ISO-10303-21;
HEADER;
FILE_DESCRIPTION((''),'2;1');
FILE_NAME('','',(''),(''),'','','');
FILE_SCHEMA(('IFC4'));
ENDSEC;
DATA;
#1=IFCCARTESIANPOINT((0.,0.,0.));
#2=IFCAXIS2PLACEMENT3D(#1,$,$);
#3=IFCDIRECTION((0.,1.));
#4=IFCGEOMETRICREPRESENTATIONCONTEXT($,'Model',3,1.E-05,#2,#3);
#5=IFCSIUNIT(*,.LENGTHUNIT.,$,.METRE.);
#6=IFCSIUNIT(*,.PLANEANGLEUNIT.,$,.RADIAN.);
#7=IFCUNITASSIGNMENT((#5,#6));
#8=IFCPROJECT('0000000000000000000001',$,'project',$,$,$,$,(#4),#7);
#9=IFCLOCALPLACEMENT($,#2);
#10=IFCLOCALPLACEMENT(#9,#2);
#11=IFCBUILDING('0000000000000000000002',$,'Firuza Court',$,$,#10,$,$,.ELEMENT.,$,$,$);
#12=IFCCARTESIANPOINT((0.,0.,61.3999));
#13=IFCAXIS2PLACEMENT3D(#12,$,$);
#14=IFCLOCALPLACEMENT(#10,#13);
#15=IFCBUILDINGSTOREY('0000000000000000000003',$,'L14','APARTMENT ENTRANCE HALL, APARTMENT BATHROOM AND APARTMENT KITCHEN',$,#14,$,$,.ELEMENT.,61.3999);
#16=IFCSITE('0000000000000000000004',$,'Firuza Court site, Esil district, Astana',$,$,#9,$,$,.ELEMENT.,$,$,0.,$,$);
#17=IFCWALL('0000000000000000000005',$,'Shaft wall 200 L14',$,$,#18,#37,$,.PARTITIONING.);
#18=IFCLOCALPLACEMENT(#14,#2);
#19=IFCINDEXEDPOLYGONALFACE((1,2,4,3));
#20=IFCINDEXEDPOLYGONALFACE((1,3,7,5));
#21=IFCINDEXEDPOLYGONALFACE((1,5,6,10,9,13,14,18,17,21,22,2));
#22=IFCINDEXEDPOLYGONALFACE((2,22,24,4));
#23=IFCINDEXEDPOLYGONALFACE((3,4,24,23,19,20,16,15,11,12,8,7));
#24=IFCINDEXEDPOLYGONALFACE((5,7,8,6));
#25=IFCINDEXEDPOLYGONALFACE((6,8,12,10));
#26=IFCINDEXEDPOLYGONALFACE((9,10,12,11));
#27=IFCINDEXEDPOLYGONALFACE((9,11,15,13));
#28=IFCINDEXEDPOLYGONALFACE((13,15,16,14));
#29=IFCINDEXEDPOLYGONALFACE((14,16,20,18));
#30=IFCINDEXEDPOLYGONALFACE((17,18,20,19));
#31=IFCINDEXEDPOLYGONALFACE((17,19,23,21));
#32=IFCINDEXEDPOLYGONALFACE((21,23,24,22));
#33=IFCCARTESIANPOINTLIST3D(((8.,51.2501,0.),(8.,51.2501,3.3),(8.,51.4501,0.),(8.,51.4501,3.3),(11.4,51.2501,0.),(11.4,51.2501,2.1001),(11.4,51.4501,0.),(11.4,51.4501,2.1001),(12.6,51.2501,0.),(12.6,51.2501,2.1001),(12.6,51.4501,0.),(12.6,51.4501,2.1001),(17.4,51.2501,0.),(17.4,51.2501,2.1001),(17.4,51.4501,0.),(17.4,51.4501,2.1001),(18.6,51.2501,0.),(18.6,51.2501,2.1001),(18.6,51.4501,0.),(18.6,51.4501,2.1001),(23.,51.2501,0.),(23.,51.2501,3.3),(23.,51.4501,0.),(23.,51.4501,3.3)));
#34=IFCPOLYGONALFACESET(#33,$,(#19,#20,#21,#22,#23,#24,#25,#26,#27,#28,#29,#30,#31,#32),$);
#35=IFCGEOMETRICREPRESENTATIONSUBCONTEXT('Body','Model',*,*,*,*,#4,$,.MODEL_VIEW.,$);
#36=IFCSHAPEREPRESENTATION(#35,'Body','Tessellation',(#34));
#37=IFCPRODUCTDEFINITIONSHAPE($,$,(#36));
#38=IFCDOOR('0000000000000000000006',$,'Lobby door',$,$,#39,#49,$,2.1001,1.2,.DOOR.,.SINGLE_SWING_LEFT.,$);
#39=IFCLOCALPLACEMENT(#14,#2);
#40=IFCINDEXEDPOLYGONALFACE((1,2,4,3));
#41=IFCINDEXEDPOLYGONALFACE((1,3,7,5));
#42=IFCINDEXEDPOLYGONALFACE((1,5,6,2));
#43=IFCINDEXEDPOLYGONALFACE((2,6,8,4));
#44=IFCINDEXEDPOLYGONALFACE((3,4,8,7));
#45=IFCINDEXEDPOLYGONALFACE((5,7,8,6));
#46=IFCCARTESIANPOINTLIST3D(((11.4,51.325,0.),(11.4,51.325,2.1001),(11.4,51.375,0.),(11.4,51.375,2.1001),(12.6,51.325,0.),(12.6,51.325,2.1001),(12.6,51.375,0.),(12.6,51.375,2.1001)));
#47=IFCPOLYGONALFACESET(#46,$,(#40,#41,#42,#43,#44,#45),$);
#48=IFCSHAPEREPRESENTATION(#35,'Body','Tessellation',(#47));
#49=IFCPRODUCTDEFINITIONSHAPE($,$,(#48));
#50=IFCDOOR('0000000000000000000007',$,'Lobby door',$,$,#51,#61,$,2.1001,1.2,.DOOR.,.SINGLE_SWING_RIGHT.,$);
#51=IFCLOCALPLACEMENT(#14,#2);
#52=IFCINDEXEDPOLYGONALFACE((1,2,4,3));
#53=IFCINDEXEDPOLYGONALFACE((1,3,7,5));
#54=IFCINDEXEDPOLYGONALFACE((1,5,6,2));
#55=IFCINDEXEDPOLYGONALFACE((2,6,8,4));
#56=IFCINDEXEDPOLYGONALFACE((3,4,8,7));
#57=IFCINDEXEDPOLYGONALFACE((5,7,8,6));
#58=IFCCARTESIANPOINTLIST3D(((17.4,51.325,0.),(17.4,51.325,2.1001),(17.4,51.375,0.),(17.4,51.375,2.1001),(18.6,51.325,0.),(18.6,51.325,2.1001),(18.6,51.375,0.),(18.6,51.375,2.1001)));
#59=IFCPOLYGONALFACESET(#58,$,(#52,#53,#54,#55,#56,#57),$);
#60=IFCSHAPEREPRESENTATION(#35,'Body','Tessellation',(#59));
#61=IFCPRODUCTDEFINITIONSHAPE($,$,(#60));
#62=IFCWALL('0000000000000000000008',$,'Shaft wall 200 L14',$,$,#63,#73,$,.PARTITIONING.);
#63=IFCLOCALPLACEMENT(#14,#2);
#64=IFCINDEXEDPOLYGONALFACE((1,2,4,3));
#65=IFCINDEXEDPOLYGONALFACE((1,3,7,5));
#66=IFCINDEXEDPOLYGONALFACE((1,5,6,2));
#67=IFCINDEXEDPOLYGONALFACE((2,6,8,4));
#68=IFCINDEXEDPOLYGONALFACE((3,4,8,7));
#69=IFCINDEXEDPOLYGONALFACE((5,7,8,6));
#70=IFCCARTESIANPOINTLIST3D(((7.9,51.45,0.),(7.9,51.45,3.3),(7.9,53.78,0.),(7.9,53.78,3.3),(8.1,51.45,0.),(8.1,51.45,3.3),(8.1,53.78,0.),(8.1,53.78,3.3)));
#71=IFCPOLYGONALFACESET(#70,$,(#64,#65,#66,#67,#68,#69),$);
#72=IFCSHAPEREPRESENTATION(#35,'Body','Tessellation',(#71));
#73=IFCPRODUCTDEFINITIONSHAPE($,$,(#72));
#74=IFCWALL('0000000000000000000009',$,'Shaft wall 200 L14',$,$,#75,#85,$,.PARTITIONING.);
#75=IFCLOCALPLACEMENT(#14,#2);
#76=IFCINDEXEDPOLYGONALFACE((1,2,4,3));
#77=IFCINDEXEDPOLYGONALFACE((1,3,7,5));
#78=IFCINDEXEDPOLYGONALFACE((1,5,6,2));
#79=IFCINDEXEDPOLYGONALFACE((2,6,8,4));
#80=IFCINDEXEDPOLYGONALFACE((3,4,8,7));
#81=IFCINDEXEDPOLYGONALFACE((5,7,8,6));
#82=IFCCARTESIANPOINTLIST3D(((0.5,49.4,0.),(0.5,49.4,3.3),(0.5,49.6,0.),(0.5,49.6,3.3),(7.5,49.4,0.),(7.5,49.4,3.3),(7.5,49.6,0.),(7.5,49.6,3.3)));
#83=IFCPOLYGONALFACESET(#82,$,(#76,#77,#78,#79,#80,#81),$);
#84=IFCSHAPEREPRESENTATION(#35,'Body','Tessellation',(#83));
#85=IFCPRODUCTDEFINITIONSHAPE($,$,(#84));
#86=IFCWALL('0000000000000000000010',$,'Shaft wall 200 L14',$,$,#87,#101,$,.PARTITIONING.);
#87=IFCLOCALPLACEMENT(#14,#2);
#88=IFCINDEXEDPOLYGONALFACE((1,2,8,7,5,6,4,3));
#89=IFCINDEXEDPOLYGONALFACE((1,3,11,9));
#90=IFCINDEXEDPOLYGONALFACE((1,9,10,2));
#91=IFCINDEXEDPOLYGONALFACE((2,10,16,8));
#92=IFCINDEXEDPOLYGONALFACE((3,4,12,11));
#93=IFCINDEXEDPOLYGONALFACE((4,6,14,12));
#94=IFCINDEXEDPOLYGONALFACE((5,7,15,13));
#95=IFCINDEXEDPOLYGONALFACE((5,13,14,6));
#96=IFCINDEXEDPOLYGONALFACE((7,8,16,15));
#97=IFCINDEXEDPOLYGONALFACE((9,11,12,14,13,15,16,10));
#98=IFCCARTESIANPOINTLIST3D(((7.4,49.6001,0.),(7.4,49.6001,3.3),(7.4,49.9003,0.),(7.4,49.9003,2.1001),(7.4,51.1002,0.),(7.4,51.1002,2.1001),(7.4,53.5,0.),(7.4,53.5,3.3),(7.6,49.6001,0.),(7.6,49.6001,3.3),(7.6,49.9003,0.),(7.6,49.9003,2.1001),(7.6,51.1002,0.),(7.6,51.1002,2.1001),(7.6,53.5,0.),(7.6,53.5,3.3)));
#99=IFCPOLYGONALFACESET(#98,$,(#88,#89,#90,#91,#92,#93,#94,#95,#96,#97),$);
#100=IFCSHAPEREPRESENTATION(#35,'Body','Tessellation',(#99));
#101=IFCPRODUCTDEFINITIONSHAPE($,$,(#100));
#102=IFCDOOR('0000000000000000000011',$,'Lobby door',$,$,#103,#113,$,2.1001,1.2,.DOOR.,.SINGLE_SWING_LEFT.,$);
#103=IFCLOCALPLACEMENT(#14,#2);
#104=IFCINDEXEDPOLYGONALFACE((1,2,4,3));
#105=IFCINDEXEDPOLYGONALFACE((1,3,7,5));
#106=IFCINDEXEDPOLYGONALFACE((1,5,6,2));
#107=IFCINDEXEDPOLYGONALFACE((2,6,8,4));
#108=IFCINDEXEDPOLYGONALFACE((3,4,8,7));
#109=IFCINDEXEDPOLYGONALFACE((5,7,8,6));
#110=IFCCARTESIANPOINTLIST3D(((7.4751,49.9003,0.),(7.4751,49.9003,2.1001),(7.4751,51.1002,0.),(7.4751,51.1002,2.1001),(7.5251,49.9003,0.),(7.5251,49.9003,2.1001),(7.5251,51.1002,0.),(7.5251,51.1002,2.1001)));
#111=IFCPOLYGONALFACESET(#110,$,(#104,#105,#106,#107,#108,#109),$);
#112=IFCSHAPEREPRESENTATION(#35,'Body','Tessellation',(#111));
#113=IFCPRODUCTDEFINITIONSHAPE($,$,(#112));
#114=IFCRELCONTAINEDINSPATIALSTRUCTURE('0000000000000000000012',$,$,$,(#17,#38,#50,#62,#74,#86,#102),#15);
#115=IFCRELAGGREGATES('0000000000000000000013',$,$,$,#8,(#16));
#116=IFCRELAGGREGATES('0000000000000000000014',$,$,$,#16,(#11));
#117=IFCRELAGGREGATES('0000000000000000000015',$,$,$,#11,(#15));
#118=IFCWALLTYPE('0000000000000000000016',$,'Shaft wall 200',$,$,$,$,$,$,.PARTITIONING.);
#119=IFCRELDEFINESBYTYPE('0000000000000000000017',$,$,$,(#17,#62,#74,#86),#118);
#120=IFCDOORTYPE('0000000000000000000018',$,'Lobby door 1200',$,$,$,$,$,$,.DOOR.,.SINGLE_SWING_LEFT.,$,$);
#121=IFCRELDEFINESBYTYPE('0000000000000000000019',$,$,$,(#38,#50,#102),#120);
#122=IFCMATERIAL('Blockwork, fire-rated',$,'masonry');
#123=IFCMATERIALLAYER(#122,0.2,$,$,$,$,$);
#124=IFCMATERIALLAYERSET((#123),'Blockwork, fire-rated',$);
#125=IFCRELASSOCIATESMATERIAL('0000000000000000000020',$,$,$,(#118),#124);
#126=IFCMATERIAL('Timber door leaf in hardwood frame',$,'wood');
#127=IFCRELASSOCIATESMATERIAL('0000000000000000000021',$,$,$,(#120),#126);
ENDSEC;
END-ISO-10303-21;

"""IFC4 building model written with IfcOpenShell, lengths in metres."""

from ifc_helpers import new_model, si_unit, direction, frame, frame_2d, origin, place, context, subcontext, project, spatial, rectangle, extrude, material, layer, layer_set, type_object, element, fill, save


model = new_model("IFC4")

# Units and contexts
model_context = context("Model", 3, precision=1e-05, world=origin(), true_north=direction((0.0, 1.0)))
body_context = subcontext(model_context, "Body", "Model", "MODEL_VIEW")
ifc_project = project(units=[si_unit("LENGTHUNIT", "METRE"), si_unit("PLANEANGLEUNIT", "RADIAN")], contexts=[model_context])

# Site, building, storey
site_placement = place(None, origin())
site = spatial("IfcSite", under=ifc_project, at=site_placement, Name="Firuza Court site, Esil district, Astana", CompositionType="ELEMENT", RefElevation=0.0)
building_placement = place(site_placement, origin())
building = spatial("IfcBuilding", under=site, at=building_placement, Name="Firuza Court", CompositionType="ELEMENT")
storey_placement = place(building_placement, frame((0.0, 0.0, 61.3999)))
storey = spatial("IfcBuildingStorey", under=building, at=storey_placement, Name="L14", Description="APARTMENT ENTRANCE HALL, APARTMENT BATHROOM AND APARTMENT KITCHEN", CompositionType="ELEMENT", Elevation=61.3999)

# Wall, openings, doors
ifc_material_1 = material(Name="Blockwork, fire-rated", Category="masonry")
ifc_layer_1 = layer(ifc_material_1, 0.2)
ifc_layer_set_1 = layer_set([ifc_layer_1], Name="Blockwork, fire-rated")
wall_type_1 = type_object("IfcWallType", Name="Shaft wall 200", PredefinedType="PARTITIONING", material=ifc_layer_set_1)
wall_1_placement = place(storey_placement, frame((8.0, 51.3501, 0.0), z_axis=(0.0, 0.0, 1.0), x_axis=(1.0, 0.0, 0.0)))
wall_1 = element("IfcWall", 1, at=wall_1_placement, inside=storey, type_object=wall_type_1, Name="Shaft wall 200 L14", PredefinedType="PARTITIONING", context=body_context, shape_type="SweptSolid", body=[
    extrude(rectangle(XDim=15.0, YDim=0.2, at=frame_2d((7.5, 0.0))), origin(), (0.0, 0.0, 1.0), 3.3),
])
opening_1_placement = place(wall_1_placement, frame((3.3999, 0.0, 0.0)))
opening_1 = element("IfcOpeningElement", 2, at=opening_1_placement, cuts=wall_1, PredefinedType="OPENING", context=body_context, shape_type="SweptSolid", body=[
    extrude(rectangle(XDim=1.2, YDim=2.1001, at=frame_2d((0.6001, 1.05))), frame((0.0, 0.1118, 0.0), z_axis=(0.0, -1.0, 0.0), x_axis=(1.0, 0.0, 0.0)), (0.0, 0.0, 1.0), 0.2239),
])
opening_2_placement = place(wall_1_placement, frame((9.3999, 0.0, 0.0)))
opening_2 = element("IfcOpeningElement", 3, at=opening_2_placement, cuts=wall_1, PredefinedType="OPENING", context=body_context, shape_type="SweptSolid", body=[
    extrude(rectangle(XDim=1.2, YDim=2.1001, at=frame_2d((0.6001, 1.05))), frame((0.0, 0.1118, 0.0), z_axis=(0.0, -1.0, 0.0), x_axis=(1.0, 0.0, 0.0)), (0.0, 0.0, 1.0), 0.2239),
])
ifc_material_2 = material(Name="Timber door leaf in hardwood frame", Category="wood")
door_type_1 = type_object("IfcDoorType", Name="Lobby door 1200", OperationType="SINGLE_SWING_LEFT", PredefinedType="DOOR", material=ifc_material_2)
door_1_placement = place(opening_1_placement, origin())
door_1 = element("IfcDoor", 4, at=door_1_placement, inside=storey, type_object=door_type_1, Name="Lobby door", OperationType="SINGLE_SWING_LEFT", OverallHeight=2.1001, OverallWidth=1.2, PredefinedType="DOOR", context=body_context, shape_type="SweptSolid", body=[
    extrude(rectangle(XDim=1.2, YDim=2.1001, at=frame_2d((0.6001, 1.05))), frame((0.0, 0.0249, 0.0), z_axis=(0.0, -1.0, 0.0), x_axis=(1.0, 0.0, 0.0)), (0.0, 0.0, 1.0), 0.05),
])
fill(opening_1, door_1)
door_2_placement = place(opening_2_placement, origin())
door_2 = element("IfcDoor", 5, at=door_2_placement, inside=storey, type_object=door_type_1, Name="Lobby door", OperationType="SINGLE_SWING_RIGHT", OverallHeight=2.1001, OverallWidth=1.2, PredefinedType="DOOR", context=body_context, shape_type="SweptSolid", body=[
    extrude(rectangle(XDim=1.2, YDim=2.1001, at=frame_2d((0.6001, 1.05))), frame((0.0, 0.0249, 0.0), z_axis=(0.0, -1.0, 0.0), x_axis=(1.0, 0.0, 0.0)), (0.0, 0.0, 1.0), 0.05),
])
fill(opening_2, door_2)

# Walls
wall_2_placement = place(storey_placement, frame((8.0, 51.45, 0.0), z_axis=(0.0, 0.0, 1.0), x_axis=(0.0, 1.0, 0.0)))
element("IfcWall", 6, at=wall_2_placement, inside=storey, type_object=wall_type_1, Name="Shaft wall 200 L14", PredefinedType="PARTITIONING", context=body_context, shape_type="SweptSolid", body=[
    extrude(rectangle(XDim=2.3301, YDim=0.2, at=frame_2d((1.165, 0.0))), origin(), (0.0, 0.0, 1.0), 3.3),
])
wall_3_placement = place(storey_placement, frame((0.5, 49.5, 0.0), z_axis=(0.0, 0.0, 1.0), x_axis=(1.0, 0.0, 0.0)))
element("IfcWall", 7, at=wall_3_placement, inside=storey, type_object=wall_type_1, Name="Shaft wall 200 L14", PredefinedType="PARTITIONING", context=body_context, shape_type="SweptSolid", body=[
    extrude(rectangle(XDim=7.0, YDim=0.2, at=frame_2d((3.5, 0.0))), origin(), (0.0, 0.0, 1.0), 3.3),
])

# Wall, opening, door
wall_4_placement = place(storey_placement, frame((7.5, 49.6001, 0.0), z_axis=(0.0, 0.0, 1.0), x_axis=(0.0, 1.0, 0.0)))
wall_4 = element("IfcWall", 8, at=wall_4_placement, inside=storey, type_object=wall_type_1, Name="Shaft wall 200 L14", PredefinedType="PARTITIONING", context=body_context, shape_type="SweptSolid", body=[
    extrude(rectangle(XDim=3.8999, YDim=0.2, at=frame_2d((1.95, 0.0))), origin(), (0.0, 0.0, 1.0), 3.3),
])
opening_3_placement = place(wall_4_placement, frame((0.3, 0.0, 0.0)))
opening_3 = element("IfcOpeningElement", 9, at=opening_3_placement, cuts=wall_4, PredefinedType="OPENING", context=body_context, shape_type="SweptSolid", body=[
    extrude(rectangle(XDim=1.2, YDim=2.1001, at=frame_2d((0.6001, 1.05))), frame((0.0, 0.1118, 0.0), z_axis=(0.0, -1.0, 0.0), x_axis=(1.0, 0.0, 0.0)), (0.0, 0.0, 1.0), 0.2239),
])
door_3_placement = place(opening_3_placement, origin())
door_3 = element("IfcDoor", 10, at=door_3_placement, inside=storey, type_object=door_type_1, Name="Lobby door", OperationType="SINGLE_SWING_LEFT", OverallHeight=2.1001, OverallWidth=1.2, PredefinedType="DOOR", context=body_context, shape_type="SweptSolid", body=[
    extrude(rectangle(XDim=1.2, YDim=2.1001, at=frame_2d((0.6001, 1.05))), frame((0.0, 0.0249, 0.0), z_axis=(0.0, -1.0, 0.0), x_axis=(1.0, 0.0, 0.0)), (0.0, 0.0, 1.0), 0.05),
])
fill(opening_3, door_3)

save(model, "model.ifc")
